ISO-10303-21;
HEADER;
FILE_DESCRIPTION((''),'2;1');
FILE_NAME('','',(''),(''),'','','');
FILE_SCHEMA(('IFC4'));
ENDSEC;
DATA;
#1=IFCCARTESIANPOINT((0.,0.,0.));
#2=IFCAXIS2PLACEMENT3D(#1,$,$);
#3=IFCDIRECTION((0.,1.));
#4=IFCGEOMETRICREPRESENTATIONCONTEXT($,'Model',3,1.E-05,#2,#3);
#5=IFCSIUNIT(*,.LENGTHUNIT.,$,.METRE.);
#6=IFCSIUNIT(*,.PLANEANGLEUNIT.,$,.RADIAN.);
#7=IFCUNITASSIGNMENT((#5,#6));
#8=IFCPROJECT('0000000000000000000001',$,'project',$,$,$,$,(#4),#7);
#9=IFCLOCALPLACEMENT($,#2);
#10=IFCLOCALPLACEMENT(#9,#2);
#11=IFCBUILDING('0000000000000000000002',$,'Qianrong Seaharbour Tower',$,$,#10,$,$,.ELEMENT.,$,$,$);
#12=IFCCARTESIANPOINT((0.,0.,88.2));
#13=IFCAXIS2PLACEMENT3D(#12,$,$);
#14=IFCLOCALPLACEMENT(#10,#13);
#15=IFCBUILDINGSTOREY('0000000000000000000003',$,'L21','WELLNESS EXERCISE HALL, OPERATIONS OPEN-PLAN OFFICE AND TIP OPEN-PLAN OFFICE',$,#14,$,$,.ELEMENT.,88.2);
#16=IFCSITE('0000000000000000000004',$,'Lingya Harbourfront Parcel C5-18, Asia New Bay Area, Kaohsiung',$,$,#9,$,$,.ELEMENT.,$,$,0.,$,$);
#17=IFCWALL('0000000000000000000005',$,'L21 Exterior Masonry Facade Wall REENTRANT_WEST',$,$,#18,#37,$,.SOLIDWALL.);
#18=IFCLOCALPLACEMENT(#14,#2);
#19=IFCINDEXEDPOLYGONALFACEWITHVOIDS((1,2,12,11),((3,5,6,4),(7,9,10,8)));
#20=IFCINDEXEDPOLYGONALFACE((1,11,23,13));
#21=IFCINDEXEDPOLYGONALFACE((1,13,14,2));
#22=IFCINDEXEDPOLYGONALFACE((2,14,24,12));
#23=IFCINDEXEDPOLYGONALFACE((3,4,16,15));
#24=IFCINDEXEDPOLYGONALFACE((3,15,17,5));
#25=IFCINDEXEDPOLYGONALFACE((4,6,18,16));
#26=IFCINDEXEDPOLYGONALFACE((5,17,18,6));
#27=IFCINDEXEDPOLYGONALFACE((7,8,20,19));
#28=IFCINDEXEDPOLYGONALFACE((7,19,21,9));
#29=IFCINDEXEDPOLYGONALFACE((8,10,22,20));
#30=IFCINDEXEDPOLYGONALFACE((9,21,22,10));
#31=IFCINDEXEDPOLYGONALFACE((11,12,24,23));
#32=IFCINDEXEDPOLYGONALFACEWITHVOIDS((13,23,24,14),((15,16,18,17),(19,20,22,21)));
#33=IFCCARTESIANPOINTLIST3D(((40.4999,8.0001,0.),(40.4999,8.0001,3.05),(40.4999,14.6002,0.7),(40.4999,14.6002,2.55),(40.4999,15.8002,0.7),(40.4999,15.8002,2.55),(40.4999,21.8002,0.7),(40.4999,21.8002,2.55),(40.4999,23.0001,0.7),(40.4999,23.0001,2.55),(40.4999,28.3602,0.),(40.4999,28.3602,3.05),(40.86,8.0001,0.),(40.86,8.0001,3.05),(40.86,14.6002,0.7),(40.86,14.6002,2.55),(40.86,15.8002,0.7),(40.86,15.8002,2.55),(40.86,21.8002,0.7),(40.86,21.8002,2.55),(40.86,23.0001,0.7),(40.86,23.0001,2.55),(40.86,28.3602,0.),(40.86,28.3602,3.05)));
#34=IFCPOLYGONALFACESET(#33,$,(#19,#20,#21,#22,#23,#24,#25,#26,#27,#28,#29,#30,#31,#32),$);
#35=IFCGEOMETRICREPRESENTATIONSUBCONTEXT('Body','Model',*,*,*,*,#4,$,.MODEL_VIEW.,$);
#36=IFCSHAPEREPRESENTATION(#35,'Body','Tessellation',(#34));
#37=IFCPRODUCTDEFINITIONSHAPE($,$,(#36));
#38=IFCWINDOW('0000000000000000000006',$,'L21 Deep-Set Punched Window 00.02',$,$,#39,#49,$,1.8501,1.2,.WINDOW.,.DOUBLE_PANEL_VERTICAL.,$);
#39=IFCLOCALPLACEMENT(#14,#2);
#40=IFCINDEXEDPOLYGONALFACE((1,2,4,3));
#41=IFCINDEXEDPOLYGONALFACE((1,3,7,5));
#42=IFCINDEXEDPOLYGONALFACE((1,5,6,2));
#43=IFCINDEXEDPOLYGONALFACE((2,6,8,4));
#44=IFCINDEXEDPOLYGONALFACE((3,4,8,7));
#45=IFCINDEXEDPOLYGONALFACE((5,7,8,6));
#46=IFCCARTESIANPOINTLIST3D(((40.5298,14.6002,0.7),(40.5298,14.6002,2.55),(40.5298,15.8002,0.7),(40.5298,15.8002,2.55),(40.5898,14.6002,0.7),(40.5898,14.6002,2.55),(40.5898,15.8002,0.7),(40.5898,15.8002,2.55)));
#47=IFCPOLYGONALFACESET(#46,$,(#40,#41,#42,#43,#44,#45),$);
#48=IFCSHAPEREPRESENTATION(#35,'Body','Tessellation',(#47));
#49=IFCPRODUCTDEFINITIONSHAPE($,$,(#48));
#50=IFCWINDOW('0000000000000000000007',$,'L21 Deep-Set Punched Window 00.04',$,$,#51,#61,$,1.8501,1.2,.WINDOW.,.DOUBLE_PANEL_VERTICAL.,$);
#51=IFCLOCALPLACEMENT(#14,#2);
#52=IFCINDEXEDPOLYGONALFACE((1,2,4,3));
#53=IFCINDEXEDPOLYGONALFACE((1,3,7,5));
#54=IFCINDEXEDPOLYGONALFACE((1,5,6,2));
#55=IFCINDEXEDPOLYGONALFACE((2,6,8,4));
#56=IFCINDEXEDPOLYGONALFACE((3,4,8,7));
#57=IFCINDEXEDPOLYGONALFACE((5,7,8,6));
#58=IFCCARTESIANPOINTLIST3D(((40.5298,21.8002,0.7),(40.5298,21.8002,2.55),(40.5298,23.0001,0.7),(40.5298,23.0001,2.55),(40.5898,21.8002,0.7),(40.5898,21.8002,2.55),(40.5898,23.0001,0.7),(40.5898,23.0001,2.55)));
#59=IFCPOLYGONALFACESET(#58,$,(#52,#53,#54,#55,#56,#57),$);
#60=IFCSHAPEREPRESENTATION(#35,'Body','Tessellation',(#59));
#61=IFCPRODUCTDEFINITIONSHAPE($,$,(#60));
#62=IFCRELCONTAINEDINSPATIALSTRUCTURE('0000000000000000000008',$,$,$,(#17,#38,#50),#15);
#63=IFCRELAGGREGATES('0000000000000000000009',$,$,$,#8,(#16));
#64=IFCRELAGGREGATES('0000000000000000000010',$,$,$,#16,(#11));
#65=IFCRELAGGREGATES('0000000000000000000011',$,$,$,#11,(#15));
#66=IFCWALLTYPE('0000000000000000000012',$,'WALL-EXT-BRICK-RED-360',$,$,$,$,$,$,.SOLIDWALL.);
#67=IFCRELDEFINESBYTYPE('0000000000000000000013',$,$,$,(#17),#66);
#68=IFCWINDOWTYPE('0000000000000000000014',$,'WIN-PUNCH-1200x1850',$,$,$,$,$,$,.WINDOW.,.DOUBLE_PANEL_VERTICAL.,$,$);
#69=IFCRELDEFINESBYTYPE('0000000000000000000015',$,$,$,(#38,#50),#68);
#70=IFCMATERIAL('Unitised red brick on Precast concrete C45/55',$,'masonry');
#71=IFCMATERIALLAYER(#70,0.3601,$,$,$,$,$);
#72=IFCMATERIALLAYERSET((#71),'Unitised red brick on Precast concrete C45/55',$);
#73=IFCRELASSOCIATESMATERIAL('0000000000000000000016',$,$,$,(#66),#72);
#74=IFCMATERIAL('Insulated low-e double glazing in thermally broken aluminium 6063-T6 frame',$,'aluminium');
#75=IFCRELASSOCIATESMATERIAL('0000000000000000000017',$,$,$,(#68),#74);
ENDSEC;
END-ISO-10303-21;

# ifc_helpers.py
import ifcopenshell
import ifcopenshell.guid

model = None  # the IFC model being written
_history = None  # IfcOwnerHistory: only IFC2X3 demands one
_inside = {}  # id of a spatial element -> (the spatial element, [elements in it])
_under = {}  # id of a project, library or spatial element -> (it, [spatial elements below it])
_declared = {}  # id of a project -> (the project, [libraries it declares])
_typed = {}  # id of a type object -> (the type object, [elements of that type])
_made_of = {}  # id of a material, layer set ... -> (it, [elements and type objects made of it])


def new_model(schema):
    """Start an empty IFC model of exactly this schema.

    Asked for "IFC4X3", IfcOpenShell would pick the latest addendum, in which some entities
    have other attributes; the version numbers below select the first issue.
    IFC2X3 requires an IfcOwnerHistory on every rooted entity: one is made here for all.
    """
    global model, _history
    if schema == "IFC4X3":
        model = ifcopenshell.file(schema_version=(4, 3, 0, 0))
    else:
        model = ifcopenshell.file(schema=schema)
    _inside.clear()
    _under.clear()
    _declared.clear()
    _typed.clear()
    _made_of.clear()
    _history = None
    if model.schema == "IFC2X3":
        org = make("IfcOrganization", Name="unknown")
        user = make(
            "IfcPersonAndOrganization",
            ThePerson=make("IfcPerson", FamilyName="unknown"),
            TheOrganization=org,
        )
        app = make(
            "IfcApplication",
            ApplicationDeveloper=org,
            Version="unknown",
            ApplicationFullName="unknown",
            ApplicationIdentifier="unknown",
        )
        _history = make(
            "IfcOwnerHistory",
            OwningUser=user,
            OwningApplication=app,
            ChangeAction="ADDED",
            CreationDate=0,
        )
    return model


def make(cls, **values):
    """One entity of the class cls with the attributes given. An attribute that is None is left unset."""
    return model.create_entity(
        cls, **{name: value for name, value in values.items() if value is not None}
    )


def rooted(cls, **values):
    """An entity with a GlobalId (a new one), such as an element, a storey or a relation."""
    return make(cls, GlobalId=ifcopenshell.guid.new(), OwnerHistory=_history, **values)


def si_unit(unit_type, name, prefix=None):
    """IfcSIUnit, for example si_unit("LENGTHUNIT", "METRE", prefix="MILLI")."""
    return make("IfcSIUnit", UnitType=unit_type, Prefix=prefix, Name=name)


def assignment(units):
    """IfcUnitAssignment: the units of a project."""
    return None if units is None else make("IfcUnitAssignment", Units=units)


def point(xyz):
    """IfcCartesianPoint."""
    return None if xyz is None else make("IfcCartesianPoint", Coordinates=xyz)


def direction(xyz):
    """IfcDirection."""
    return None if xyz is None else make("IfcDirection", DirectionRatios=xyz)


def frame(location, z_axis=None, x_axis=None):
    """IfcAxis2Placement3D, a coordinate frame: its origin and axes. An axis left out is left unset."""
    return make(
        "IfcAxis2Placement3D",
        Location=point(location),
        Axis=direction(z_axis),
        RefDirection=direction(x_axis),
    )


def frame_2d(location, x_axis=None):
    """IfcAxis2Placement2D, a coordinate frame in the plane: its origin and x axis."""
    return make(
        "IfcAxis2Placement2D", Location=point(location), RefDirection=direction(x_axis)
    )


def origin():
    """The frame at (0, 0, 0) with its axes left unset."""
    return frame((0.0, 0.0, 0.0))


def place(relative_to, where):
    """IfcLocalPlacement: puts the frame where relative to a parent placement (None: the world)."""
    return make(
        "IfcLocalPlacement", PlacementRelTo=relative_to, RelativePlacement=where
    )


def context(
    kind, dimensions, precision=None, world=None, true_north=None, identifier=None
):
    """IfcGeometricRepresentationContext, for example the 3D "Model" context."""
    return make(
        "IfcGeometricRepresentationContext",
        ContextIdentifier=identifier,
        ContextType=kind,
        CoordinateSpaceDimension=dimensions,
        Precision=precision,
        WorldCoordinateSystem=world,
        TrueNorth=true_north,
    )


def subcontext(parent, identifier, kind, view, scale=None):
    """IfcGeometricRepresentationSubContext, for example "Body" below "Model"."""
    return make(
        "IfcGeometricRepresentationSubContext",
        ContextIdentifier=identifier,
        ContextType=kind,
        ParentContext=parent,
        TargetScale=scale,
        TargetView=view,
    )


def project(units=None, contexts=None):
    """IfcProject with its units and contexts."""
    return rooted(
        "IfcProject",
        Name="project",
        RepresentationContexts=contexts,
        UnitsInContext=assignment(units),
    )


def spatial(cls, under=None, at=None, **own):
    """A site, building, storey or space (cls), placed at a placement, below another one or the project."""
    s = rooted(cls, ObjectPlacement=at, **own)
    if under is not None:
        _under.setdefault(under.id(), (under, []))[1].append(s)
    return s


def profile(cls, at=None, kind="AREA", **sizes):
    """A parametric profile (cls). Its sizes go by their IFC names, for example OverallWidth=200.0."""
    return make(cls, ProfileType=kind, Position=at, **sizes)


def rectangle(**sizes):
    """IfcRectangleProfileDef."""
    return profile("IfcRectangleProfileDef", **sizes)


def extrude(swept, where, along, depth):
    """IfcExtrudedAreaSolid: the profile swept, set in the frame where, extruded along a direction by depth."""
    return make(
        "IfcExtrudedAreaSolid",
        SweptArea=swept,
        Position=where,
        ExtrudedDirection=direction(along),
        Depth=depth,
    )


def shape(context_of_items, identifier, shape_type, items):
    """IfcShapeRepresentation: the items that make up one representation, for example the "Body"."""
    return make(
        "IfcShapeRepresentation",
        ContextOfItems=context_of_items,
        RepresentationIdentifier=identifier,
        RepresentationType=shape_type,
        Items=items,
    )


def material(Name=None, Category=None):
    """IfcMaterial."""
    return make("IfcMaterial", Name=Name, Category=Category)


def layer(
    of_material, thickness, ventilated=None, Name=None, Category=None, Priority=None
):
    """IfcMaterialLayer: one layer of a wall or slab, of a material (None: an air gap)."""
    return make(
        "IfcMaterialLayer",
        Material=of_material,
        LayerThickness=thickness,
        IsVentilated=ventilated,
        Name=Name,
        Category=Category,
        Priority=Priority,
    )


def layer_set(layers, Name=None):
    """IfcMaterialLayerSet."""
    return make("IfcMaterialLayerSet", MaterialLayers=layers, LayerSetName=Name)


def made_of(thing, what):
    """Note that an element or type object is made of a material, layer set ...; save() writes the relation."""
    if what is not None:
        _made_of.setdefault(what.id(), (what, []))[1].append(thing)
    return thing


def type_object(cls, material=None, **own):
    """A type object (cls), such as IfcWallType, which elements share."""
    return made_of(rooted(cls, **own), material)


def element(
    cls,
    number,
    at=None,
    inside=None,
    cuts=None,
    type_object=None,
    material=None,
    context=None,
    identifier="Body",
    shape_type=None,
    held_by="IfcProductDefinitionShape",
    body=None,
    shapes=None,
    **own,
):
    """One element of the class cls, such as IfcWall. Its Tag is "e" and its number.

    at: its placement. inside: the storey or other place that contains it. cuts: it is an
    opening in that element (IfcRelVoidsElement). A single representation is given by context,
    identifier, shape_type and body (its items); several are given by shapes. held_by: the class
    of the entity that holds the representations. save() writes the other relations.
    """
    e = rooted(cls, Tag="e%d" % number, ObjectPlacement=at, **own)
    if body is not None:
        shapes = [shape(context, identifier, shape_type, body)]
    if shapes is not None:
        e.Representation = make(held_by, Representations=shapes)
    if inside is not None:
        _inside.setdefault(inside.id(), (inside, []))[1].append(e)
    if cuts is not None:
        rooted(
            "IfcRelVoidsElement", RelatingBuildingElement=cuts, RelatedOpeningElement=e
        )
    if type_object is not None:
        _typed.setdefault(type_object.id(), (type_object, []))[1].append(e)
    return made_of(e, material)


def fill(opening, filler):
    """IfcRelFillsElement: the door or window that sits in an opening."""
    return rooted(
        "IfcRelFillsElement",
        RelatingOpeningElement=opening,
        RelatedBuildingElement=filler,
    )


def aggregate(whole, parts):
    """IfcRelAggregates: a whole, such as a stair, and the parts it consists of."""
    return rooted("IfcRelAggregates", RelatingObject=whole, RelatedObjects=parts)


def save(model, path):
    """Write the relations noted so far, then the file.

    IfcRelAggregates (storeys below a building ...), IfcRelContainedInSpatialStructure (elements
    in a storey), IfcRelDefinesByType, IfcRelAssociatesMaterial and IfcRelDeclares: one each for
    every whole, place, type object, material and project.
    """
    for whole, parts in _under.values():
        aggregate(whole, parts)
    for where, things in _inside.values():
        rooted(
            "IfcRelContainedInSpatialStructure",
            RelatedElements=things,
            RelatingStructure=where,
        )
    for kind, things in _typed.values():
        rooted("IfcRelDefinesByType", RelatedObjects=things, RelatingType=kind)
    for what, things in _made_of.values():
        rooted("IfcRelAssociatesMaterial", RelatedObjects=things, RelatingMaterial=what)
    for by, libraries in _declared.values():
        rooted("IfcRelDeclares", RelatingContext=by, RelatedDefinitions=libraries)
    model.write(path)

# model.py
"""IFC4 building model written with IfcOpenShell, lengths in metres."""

from ifc_helpers import new_model, si_unit, direction, frame, frame_2d, origin, place, context, subcontext, project, spatial, rectangle, extrude, material, layer, layer_set, type_object, element, fill, save


model = new_model("IFC4")

# Units and contexts
model_context = context("Model", 3, precision=1e-05, world=origin(), true_north=direction((0.0, 1.0)))
body_context = subcontext(model_context, "Body", "Model", "MODEL_VIEW")
ifc_project = project(units=[si_unit("LENGTHUNIT", "METRE"), si_unit("PLANEANGLEUNIT", "RADIAN")], contexts=[model_context])

# Site, building, storey
site_placement = place(None, origin())
site = spatial("IfcSite", under=ifc_project, at=site_placement, Name="Lingya Harbourfront Parcel C5-18, Asia New Bay Area, Kaohsiung", CompositionType="ELEMENT", RefElevation=0.0)
building_placement = place(site_placement, origin())
building = spatial("IfcBuilding", under=site, at=building_placement, Name="Qianrong Seaharbour Tower", CompositionType="ELEMENT")
storey_placement = place(building_placement, frame((0.0, 0.0, 88.2)))
storey = spatial("IfcBuildingStorey", under=building, at=storey_placement, Name="L21", Description="WELLNESS EXERCISE HALL, OPERATIONS OPEN-PLAN OFFICE AND TIP OPEN-PLAN OFFICE", CompositionType="ELEMENT", Elevation=88.2)

# Wall, openings, windows
ifc_material_1 = material(Name="Unitised red brick on Precast concrete C45/55", Category="masonry")
ifc_layer = layer(ifc_material_1, 0.3601)
ifc_layer_set = layer_set([ifc_layer], Name="Unitised red brick on Precast concrete C45/55")
wall_type = type_object("IfcWallType", Name="WALL-EXT-BRICK-RED-360", PredefinedType="SOLIDWALL", material=ifc_layer_set)
wall_placement = place(storey_placement, frame((40.6799, 8.0, 0.0), z_axis=(0.0, 0.0, 1.0), x_axis=(0.0, 1.0, 0.0)))
wall = element("IfcWall", 1, at=wall_placement, inside=storey, type_object=wall_type, Name="L21 Exterior Masonry Facade Wall REENTRANT_WEST", PredefinedType="SOLIDWALL", context=body_context, shape_type="SweptSolid", body=[
    extrude(rectangle(XDim=20.3601, YDim=0.3601, at=frame_2d((10.1802, 0.0))), origin(), (0.0, 0.0, 1.0), 3.05),
])
opening_1_placement = place(wall_placement, frame((6.6001, 0.0, 0.7)))
opening_1 = element("IfcOpeningElement", 2, at=opening_1_placement, cuts=wall, PredefinedType="OPENING", context=body_context, shape_type="SweptSolid", body=[
    extrude(rectangle(XDim=1.2, YDim=1.8501, at=frame_2d((0.6001, 0.925))), frame((0.0, 0.1899, 0.0), z_axis=(0.0, -1.0, 0.0), x_axis=(1.0, 0.0, 0.0)), (0.0, 0.0, 1.0), 0.3801),
])
opening_2_placement = place(wall_placement, frame((13.8, 0.0, 0.7)))
opening_2 = element("IfcOpeningElement", 3, at=opening_2_placement, cuts=wall, PredefinedType="OPENING", context=body_context, shape_type="SweptSolid", body=[
    extrude(rectangle(XDim=1.2, YDim=1.8501, at=frame_2d((0.6001, 0.925))), frame((0.0, 0.1899, 0.0), z_axis=(0.0, -1.0, 0.0), x_axis=(1.0, 0.0, 0.0)), (0.0, 0.0, 1.0), 0.3801),
])
ifc_material_2 = material(Name="Insulated low-e double glazing in thermally broken aluminium 6063-T6 frame", Category="aluminium")
window_type = type_object("IfcWindowType", Name="WIN-PUNCH-1200x1850", PartitioningType="DOUBLE_PANEL_VERTICAL", PredefinedType="WINDOW", material=ifc_material_2)
window_1_placement = place(opening_1_placement, origin())
window_1 = element("IfcWindow", 4, at=window_1_placement, inside=storey, type_object=window_type, Name="L21 Deep-Set Punched Window 00.02", OverallHeight=1.8501, OverallWidth=1.2, PartitioningType="DOUBLE_PANEL_VERTICAL", PredefinedType="WINDOW", context=body_context, shape_type="SweptSolid", body=[
    extrude(rectangle(XDim=1.2, YDim=1.8501, at=frame_2d((0.6001, 0.925))), frame((0.0, 0.1501, 0.0), z_axis=(0.0, -1.0, 0.0), x_axis=(1.0, 0.0, 0.0)), (0.0, 0.0, 1.0), 0.0601),
])
fill(opening_1, window_1)
window_2_placement = place(opening_2_placement, origin())
window_2 = element("IfcWindow", 5, at=window_2_placement, inside=storey, type_object=window_type, Name="L21 Deep-Set Punched Window 00.04", OverallHeight=1.8501, OverallWidth=1.2, PartitioningType="DOUBLE_PANEL_VERTICAL", PredefinedType="WINDOW", context=body_context, shape_type="SweptSolid", body=[
    extrude(rectangle(XDim=1.2, YDim=1.8501, at=frame_2d((0.6001, 0.925))), frame((0.0, 0.1501, 0.0), z_axis=(0.0, -1.0, 0.0), x_axis=(1.0, 0.0, 0.0)), (0.0, 0.0, 1.0), 0.0601),
])
fill(opening_2, window_2)

save(model, "model.ifc")
